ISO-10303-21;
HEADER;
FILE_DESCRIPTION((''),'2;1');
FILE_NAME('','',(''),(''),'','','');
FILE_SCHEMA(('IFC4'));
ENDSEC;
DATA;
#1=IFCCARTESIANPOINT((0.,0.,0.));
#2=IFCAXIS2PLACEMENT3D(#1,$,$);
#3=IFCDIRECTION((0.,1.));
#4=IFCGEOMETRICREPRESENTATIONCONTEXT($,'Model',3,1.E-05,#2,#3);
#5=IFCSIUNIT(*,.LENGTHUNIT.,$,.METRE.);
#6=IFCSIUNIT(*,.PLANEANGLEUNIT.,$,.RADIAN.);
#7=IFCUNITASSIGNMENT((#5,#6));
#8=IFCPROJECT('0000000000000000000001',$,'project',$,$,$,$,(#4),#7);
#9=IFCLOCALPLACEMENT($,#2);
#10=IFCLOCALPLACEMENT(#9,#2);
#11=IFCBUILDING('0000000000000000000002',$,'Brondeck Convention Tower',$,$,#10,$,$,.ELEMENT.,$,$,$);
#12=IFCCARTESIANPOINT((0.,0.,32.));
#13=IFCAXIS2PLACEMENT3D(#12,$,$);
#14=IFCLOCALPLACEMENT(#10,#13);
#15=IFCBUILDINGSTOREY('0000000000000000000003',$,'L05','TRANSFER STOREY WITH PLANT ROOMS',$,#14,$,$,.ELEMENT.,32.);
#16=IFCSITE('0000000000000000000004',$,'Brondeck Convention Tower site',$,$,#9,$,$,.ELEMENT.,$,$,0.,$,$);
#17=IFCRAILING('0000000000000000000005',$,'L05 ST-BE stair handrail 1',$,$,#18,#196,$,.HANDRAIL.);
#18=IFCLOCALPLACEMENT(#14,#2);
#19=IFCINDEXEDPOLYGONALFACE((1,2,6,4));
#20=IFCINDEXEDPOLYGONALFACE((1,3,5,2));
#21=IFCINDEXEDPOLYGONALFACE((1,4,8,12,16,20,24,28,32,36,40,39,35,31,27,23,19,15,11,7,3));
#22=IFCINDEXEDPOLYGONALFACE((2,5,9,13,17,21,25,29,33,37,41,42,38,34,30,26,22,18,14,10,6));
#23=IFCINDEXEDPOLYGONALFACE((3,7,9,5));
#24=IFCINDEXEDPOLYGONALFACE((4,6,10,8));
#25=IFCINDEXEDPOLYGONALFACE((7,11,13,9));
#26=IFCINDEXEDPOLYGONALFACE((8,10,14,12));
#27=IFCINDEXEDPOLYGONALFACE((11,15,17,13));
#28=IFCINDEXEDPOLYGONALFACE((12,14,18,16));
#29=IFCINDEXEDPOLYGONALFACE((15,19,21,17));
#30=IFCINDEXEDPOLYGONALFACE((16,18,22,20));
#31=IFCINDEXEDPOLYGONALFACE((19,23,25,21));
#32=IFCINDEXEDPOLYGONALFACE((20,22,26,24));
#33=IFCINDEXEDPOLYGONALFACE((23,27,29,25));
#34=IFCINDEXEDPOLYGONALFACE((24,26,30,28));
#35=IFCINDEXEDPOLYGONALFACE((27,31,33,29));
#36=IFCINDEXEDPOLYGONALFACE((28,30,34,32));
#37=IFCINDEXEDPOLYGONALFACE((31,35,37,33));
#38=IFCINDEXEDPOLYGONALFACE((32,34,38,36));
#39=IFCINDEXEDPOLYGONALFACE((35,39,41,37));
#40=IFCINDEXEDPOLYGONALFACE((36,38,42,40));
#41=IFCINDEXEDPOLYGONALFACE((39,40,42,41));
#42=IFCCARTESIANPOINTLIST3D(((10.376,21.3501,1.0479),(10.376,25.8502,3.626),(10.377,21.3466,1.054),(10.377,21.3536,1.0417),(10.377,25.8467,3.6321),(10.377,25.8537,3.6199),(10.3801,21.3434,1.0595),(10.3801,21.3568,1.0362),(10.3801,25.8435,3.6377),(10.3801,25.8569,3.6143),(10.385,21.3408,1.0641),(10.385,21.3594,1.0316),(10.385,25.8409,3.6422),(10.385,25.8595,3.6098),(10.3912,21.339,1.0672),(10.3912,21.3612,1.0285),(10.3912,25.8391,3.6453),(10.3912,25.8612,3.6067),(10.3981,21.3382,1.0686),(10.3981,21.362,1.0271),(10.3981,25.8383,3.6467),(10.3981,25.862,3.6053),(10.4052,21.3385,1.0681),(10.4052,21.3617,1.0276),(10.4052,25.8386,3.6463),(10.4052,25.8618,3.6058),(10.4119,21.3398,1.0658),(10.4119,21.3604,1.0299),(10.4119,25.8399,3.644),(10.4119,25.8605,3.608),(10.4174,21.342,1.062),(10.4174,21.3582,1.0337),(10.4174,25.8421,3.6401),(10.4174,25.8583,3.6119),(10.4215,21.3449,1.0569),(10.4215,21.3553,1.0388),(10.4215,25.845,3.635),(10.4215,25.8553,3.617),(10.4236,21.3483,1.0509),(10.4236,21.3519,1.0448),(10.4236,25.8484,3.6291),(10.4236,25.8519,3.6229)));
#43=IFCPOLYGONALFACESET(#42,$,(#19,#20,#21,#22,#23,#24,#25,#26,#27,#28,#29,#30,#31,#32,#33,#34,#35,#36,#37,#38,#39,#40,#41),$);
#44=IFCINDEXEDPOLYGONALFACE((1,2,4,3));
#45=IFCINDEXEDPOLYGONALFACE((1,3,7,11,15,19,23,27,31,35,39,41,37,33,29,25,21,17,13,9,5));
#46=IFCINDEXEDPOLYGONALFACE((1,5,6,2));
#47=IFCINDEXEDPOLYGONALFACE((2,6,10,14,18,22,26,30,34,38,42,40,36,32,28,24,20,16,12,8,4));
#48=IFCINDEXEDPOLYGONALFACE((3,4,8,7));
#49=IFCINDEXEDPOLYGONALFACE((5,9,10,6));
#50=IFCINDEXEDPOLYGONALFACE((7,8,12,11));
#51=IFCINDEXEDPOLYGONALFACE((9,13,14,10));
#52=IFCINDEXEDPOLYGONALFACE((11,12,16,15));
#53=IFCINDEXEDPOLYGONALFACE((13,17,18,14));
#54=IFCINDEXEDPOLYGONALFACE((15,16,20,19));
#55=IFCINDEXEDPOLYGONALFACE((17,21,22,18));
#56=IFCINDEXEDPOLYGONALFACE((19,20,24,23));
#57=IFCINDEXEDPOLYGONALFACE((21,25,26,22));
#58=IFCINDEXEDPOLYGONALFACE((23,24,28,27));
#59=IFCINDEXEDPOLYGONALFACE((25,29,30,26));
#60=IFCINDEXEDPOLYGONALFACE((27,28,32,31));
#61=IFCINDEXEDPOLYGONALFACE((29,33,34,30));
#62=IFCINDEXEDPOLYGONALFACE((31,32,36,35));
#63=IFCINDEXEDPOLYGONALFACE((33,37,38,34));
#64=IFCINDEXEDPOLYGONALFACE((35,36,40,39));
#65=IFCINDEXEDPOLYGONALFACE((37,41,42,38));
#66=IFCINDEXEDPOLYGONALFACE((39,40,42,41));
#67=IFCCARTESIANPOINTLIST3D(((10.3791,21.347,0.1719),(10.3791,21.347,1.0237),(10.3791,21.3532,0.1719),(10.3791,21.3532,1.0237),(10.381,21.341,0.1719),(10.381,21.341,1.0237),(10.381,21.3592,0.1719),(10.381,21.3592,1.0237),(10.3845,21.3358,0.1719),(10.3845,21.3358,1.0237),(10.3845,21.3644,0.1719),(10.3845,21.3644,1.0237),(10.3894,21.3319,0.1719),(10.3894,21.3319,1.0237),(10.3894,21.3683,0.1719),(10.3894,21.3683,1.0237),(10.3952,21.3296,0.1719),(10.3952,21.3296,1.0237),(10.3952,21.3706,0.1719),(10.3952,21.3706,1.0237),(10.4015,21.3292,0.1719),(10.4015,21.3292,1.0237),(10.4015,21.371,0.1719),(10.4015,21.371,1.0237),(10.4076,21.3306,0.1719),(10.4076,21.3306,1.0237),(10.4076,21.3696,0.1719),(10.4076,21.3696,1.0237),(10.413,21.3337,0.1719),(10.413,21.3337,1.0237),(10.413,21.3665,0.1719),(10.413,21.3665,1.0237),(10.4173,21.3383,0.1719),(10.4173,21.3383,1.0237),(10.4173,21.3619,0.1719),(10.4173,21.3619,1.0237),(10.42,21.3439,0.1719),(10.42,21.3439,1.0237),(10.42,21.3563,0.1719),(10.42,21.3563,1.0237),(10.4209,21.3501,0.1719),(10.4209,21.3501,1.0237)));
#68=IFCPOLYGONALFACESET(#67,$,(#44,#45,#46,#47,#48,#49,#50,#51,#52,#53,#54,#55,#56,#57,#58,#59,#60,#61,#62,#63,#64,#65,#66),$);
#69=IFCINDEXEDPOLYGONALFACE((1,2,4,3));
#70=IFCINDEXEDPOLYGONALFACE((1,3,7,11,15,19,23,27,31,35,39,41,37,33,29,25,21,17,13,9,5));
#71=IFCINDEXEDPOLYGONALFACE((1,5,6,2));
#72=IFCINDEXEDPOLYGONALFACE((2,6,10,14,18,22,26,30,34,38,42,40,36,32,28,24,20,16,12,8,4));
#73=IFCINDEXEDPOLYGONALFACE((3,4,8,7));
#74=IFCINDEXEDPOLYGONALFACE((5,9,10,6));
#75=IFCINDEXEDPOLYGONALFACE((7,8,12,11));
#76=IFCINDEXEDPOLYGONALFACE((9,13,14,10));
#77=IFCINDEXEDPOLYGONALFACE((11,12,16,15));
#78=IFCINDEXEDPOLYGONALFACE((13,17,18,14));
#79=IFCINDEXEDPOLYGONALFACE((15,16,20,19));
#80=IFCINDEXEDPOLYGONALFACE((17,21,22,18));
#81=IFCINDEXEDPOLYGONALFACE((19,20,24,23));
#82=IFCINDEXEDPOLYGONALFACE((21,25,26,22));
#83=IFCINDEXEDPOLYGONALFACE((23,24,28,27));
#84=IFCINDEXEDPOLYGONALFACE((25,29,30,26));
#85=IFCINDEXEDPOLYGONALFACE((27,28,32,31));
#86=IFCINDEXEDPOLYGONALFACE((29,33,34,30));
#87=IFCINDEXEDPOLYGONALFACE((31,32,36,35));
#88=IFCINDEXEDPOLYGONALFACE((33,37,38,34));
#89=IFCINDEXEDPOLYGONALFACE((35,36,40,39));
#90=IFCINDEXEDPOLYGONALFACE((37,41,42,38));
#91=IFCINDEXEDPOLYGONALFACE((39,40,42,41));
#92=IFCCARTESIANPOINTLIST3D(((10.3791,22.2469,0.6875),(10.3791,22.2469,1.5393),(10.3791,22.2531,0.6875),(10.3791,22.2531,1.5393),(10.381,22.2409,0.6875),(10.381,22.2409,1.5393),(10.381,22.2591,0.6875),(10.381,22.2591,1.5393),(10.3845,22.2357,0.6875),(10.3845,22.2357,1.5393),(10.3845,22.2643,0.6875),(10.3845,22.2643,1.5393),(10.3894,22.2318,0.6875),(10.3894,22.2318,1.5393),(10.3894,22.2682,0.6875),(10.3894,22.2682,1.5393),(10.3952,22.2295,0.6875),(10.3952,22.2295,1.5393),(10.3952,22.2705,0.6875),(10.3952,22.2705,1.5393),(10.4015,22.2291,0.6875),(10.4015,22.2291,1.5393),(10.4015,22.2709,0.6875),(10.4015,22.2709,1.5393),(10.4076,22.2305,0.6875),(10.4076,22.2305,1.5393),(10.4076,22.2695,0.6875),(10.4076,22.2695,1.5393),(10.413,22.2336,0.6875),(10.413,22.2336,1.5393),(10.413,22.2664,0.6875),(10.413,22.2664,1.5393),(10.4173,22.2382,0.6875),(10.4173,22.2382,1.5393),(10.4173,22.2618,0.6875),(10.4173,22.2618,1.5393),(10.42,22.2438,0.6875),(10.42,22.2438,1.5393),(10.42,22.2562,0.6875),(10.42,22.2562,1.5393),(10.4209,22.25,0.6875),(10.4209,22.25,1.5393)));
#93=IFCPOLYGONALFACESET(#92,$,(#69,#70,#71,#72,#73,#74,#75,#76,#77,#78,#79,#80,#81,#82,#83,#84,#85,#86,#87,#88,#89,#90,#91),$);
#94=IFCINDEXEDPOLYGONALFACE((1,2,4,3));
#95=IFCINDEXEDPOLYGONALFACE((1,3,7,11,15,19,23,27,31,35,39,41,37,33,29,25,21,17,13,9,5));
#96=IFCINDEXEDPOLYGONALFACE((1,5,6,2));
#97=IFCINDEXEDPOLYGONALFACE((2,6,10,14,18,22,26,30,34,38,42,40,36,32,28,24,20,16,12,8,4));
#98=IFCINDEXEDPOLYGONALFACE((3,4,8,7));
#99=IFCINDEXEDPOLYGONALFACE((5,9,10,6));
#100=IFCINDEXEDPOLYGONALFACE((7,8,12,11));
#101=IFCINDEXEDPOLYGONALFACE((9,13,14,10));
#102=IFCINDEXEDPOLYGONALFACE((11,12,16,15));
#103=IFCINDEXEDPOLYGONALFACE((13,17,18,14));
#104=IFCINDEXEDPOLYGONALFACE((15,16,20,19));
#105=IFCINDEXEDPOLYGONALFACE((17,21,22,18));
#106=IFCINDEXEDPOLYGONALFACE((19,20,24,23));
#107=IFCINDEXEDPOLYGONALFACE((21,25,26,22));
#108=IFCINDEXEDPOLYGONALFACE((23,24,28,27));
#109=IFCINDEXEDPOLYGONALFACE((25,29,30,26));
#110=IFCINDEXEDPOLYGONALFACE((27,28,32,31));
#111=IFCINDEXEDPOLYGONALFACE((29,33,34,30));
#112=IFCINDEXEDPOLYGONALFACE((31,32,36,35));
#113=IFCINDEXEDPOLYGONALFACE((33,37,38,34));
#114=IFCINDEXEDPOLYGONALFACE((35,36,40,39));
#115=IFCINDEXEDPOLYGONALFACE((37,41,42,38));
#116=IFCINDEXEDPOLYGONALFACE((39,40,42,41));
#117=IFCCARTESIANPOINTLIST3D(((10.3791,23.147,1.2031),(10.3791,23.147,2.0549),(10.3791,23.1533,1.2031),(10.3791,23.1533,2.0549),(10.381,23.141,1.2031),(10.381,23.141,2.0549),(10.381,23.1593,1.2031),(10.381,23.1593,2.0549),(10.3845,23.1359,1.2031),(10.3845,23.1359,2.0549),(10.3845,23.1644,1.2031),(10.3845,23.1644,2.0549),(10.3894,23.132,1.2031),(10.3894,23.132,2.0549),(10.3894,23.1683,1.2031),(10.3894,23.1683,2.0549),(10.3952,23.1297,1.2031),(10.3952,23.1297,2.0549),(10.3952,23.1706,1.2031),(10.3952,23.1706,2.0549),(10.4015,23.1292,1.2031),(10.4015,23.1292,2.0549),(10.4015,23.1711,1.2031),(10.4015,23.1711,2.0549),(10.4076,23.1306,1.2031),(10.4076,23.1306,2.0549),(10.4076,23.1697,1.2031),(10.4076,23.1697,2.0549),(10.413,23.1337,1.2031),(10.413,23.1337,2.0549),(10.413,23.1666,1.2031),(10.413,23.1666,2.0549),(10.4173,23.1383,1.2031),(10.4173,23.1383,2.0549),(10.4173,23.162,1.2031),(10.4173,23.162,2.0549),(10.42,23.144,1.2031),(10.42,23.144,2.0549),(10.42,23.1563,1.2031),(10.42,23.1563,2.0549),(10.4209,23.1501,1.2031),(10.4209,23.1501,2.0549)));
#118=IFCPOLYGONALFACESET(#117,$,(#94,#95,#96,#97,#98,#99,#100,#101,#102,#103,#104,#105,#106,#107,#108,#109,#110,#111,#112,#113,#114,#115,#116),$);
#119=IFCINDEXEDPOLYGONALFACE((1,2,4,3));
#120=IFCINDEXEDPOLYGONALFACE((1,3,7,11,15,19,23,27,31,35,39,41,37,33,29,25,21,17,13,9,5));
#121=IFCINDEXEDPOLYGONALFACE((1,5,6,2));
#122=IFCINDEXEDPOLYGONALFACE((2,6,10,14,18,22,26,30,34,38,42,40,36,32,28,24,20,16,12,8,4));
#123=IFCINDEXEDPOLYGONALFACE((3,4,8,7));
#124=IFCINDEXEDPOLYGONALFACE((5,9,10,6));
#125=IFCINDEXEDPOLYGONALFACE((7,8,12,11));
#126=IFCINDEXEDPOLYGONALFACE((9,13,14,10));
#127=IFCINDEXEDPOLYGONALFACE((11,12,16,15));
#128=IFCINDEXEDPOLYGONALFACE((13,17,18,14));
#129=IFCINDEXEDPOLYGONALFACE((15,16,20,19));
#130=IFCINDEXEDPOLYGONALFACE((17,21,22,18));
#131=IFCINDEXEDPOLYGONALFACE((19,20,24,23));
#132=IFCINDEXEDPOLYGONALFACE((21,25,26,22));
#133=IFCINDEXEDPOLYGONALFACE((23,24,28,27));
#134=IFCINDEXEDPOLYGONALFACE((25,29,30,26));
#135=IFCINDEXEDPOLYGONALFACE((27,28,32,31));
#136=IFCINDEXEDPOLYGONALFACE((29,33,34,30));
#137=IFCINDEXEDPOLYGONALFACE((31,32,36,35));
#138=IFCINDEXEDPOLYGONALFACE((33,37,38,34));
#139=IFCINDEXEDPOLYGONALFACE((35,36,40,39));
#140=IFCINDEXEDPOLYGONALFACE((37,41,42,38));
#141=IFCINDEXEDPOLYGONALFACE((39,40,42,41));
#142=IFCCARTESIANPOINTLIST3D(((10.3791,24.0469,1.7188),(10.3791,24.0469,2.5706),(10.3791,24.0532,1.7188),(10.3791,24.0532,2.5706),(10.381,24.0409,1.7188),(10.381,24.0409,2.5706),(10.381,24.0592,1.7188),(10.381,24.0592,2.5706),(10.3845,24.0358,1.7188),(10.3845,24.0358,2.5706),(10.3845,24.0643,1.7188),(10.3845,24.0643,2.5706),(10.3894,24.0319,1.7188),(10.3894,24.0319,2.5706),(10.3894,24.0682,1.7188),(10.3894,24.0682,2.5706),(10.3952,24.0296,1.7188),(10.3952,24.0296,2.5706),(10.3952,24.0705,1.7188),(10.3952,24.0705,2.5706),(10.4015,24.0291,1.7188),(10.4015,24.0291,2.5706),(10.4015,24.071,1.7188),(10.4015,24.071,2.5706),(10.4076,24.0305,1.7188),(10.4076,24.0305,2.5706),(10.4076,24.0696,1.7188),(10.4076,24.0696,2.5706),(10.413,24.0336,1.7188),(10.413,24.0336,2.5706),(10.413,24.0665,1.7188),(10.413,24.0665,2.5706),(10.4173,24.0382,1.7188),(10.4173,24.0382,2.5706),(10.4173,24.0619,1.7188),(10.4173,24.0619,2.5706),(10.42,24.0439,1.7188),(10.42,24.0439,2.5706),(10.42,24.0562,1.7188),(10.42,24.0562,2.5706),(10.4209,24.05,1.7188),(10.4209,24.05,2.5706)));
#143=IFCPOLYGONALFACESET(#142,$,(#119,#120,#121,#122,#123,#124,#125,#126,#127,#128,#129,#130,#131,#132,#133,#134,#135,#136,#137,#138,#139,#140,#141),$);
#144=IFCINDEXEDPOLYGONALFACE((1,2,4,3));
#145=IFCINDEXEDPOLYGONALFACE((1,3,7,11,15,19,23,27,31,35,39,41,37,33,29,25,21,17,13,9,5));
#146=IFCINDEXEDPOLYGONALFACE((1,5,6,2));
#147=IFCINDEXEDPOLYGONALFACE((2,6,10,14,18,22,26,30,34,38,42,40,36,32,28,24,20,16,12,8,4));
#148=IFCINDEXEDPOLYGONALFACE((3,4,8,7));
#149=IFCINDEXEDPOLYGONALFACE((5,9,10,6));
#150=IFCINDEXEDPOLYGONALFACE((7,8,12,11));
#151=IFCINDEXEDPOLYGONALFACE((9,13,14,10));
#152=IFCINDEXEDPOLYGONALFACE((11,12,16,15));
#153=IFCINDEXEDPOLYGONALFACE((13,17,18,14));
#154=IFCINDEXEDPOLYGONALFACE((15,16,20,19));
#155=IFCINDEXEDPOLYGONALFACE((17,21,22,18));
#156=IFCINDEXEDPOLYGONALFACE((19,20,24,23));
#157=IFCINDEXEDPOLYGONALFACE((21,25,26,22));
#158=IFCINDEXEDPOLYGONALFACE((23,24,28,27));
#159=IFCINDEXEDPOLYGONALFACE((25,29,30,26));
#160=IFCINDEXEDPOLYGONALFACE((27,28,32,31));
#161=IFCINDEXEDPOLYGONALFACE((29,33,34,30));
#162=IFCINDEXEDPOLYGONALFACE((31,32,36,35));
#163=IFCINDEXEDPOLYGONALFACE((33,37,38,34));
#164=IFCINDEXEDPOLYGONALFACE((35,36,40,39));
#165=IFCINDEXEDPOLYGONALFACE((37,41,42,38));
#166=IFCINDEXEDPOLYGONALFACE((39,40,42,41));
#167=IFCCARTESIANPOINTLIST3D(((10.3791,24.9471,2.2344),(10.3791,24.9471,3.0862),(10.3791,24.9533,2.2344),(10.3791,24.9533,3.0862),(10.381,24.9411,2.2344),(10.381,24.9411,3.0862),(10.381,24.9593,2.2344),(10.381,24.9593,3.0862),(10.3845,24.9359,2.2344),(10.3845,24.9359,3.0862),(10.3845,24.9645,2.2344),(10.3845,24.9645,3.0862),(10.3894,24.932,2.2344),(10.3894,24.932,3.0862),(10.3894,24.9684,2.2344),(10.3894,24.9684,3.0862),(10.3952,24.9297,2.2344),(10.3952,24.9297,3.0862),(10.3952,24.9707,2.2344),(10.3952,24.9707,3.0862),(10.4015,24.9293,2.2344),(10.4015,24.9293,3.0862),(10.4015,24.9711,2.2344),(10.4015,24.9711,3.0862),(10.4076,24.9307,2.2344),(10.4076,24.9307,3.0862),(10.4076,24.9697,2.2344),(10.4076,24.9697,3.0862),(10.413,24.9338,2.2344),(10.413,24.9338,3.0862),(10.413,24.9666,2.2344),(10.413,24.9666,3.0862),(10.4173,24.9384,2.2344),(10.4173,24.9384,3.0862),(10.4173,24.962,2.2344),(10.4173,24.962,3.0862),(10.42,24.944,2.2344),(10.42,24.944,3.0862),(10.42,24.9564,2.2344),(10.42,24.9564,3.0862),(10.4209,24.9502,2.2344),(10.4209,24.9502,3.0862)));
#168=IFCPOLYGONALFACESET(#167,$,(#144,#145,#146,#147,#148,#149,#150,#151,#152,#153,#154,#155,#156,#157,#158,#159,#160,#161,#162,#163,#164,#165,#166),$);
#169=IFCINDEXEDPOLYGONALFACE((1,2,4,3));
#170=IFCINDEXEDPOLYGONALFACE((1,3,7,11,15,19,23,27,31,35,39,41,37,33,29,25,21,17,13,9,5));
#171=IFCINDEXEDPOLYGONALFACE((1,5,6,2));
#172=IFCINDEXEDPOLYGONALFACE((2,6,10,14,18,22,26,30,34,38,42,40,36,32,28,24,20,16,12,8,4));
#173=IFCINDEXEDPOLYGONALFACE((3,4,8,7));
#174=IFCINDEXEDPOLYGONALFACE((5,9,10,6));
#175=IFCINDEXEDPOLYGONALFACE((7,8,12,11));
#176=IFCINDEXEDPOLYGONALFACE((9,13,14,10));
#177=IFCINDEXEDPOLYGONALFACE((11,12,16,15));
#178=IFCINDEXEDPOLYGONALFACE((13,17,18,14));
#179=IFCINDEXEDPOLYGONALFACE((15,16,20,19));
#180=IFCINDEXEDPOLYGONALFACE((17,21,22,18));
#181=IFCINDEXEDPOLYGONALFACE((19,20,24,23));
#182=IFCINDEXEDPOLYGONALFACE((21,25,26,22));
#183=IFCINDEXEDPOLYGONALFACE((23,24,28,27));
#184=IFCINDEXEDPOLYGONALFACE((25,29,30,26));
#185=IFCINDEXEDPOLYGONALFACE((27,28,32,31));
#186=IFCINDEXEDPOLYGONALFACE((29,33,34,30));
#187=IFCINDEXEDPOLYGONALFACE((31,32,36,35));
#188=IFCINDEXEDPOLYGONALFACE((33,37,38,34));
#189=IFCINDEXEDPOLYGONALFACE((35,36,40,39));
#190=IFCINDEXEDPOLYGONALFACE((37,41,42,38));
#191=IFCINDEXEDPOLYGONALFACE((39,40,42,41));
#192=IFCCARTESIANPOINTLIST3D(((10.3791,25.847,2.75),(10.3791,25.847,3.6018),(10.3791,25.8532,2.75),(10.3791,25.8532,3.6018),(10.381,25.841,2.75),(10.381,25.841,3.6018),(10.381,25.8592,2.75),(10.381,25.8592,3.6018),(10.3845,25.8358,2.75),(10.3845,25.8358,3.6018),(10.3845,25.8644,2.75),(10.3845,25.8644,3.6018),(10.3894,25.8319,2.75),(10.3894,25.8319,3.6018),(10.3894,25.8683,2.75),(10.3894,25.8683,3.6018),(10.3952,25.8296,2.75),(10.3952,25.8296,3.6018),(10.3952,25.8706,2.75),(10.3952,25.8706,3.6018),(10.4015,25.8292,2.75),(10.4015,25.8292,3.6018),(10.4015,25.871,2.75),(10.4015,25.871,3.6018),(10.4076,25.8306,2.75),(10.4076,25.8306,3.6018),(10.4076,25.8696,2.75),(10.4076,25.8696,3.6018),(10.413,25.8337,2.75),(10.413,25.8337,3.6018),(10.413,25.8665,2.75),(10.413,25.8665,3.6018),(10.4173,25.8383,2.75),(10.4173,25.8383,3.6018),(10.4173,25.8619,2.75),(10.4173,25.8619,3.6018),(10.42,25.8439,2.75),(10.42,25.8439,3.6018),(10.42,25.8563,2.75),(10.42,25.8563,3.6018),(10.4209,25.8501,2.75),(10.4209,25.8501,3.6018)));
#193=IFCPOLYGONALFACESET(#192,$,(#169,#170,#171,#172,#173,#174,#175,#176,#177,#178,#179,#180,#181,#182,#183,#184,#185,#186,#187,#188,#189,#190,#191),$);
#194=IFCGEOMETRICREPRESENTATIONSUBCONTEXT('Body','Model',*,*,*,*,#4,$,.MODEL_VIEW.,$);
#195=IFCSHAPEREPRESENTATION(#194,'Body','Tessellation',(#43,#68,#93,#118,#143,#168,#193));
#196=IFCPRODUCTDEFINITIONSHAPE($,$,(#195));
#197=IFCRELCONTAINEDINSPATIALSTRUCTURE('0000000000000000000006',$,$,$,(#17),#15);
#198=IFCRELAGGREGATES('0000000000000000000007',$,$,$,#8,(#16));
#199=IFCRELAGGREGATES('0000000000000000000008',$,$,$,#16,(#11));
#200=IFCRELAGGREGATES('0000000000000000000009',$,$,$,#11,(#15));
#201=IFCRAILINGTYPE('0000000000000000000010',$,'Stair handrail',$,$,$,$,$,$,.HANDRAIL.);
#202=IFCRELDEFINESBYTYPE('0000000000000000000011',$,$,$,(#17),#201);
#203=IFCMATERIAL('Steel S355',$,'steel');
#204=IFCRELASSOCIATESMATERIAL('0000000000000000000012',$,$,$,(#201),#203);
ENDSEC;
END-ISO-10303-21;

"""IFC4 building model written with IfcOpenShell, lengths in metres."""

from ifc_helpers import new_model, si_unit, direction, frame, origin, origin_2d, place, context, subcontext, project, spatial, circle, extrude, material, type_object, element, save


model = new_model("IFC4")

# Units and contexts
model_context = context("Model", 3, precision=1e-05, world=origin(), true_north=direction((0.0, 1.0)))
body_context = subcontext(model_context, "Body", "Model", "MODEL_VIEW")
ifc_project = project(units=[si_unit("LENGTHUNIT", "METRE"), si_unit("PLANEANGLEUNIT", "RADIAN")], contexts=[model_context])

# Site, building, storey
site_placement = place(None, origin())
site = spatial("IfcSite", under=ifc_project, at=site_placement, Name="Brondeck Convention Tower site", CompositionType="ELEMENT", RefElevation=0.0)
building_placement = place(site_placement, origin())
building = spatial("IfcBuilding", under=site, at=building_placement, Name="Brondeck Convention Tower", CompositionType="ELEMENT")
storey_placement = place(building_placement, frame((0.0, 0.0, 32.0)))
storey = spatial("IfcBuildingStorey", under=building, at=storey_placement, Name="L05", Description="TRANSFER STOREY WITH PLANT ROOMS", CompositionType="ELEMENT", Elevation=32.0)

# Railing
ifc_material_1 = material(Name="Steel S355", Category="steel")
railing_type_1 = type_object("IfcRailingType", Name="Stair handrail", PredefinedType="HANDRAIL", material=ifc_material_1)
railing_1_placement = place(storey_placement, frame((10.3999, 21.3501, 0.1719)))
element("IfcRailing", 1, at=railing_1_placement, inside=storey, type_object=railing_type_1, Name="L05 ST-BE stair handrail 1", PredefinedType="HANDRAIL", context=body_context, shape_type="SweptSolid", body=[
    extrude(circle(Radius=0.0239, at=origin_2d()), frame((0.0, 0.0, 0.876), z_axis=(0.0, 0.867686, 0.497112), x_axis=(-1.0, 0.0, 0.0)), (0.0, 0.0, 1.0), 5.1863),
    extrude(circle(Radius=0.021, at=origin_2d()), origin(), (0.0, 0.0, 1.0), 0.8518),
    extrude(circle(Radius=0.021, at=origin_2d()), frame((0.0, 0.8999, 0.5156)), (0.0, 0.0, 1.0), 0.8518),
    extrude(circle(Radius=0.021, at=origin_2d()), frame((0.0, 1.8, 1.0312)), (0.0, 0.0, 1.0), 0.8518),
    extrude(circle(Radius=0.021, at=origin_2d()), frame((0.0, 2.7, 1.5469)), (0.0, 0.0, 1.0), 0.8518),
    extrude(circle(Radius=0.021, at=origin_2d()), frame((0.0, 3.6001, 2.0625)), (0.0, 0.0, 1.0), 0.8518),
    extrude(circle(Radius=0.021, at=origin_2d()), frame((0.0, 4.5, 2.5781)), (0.0, 0.0, 1.0), 0.8518),
])

save(model, "model.ifc")
